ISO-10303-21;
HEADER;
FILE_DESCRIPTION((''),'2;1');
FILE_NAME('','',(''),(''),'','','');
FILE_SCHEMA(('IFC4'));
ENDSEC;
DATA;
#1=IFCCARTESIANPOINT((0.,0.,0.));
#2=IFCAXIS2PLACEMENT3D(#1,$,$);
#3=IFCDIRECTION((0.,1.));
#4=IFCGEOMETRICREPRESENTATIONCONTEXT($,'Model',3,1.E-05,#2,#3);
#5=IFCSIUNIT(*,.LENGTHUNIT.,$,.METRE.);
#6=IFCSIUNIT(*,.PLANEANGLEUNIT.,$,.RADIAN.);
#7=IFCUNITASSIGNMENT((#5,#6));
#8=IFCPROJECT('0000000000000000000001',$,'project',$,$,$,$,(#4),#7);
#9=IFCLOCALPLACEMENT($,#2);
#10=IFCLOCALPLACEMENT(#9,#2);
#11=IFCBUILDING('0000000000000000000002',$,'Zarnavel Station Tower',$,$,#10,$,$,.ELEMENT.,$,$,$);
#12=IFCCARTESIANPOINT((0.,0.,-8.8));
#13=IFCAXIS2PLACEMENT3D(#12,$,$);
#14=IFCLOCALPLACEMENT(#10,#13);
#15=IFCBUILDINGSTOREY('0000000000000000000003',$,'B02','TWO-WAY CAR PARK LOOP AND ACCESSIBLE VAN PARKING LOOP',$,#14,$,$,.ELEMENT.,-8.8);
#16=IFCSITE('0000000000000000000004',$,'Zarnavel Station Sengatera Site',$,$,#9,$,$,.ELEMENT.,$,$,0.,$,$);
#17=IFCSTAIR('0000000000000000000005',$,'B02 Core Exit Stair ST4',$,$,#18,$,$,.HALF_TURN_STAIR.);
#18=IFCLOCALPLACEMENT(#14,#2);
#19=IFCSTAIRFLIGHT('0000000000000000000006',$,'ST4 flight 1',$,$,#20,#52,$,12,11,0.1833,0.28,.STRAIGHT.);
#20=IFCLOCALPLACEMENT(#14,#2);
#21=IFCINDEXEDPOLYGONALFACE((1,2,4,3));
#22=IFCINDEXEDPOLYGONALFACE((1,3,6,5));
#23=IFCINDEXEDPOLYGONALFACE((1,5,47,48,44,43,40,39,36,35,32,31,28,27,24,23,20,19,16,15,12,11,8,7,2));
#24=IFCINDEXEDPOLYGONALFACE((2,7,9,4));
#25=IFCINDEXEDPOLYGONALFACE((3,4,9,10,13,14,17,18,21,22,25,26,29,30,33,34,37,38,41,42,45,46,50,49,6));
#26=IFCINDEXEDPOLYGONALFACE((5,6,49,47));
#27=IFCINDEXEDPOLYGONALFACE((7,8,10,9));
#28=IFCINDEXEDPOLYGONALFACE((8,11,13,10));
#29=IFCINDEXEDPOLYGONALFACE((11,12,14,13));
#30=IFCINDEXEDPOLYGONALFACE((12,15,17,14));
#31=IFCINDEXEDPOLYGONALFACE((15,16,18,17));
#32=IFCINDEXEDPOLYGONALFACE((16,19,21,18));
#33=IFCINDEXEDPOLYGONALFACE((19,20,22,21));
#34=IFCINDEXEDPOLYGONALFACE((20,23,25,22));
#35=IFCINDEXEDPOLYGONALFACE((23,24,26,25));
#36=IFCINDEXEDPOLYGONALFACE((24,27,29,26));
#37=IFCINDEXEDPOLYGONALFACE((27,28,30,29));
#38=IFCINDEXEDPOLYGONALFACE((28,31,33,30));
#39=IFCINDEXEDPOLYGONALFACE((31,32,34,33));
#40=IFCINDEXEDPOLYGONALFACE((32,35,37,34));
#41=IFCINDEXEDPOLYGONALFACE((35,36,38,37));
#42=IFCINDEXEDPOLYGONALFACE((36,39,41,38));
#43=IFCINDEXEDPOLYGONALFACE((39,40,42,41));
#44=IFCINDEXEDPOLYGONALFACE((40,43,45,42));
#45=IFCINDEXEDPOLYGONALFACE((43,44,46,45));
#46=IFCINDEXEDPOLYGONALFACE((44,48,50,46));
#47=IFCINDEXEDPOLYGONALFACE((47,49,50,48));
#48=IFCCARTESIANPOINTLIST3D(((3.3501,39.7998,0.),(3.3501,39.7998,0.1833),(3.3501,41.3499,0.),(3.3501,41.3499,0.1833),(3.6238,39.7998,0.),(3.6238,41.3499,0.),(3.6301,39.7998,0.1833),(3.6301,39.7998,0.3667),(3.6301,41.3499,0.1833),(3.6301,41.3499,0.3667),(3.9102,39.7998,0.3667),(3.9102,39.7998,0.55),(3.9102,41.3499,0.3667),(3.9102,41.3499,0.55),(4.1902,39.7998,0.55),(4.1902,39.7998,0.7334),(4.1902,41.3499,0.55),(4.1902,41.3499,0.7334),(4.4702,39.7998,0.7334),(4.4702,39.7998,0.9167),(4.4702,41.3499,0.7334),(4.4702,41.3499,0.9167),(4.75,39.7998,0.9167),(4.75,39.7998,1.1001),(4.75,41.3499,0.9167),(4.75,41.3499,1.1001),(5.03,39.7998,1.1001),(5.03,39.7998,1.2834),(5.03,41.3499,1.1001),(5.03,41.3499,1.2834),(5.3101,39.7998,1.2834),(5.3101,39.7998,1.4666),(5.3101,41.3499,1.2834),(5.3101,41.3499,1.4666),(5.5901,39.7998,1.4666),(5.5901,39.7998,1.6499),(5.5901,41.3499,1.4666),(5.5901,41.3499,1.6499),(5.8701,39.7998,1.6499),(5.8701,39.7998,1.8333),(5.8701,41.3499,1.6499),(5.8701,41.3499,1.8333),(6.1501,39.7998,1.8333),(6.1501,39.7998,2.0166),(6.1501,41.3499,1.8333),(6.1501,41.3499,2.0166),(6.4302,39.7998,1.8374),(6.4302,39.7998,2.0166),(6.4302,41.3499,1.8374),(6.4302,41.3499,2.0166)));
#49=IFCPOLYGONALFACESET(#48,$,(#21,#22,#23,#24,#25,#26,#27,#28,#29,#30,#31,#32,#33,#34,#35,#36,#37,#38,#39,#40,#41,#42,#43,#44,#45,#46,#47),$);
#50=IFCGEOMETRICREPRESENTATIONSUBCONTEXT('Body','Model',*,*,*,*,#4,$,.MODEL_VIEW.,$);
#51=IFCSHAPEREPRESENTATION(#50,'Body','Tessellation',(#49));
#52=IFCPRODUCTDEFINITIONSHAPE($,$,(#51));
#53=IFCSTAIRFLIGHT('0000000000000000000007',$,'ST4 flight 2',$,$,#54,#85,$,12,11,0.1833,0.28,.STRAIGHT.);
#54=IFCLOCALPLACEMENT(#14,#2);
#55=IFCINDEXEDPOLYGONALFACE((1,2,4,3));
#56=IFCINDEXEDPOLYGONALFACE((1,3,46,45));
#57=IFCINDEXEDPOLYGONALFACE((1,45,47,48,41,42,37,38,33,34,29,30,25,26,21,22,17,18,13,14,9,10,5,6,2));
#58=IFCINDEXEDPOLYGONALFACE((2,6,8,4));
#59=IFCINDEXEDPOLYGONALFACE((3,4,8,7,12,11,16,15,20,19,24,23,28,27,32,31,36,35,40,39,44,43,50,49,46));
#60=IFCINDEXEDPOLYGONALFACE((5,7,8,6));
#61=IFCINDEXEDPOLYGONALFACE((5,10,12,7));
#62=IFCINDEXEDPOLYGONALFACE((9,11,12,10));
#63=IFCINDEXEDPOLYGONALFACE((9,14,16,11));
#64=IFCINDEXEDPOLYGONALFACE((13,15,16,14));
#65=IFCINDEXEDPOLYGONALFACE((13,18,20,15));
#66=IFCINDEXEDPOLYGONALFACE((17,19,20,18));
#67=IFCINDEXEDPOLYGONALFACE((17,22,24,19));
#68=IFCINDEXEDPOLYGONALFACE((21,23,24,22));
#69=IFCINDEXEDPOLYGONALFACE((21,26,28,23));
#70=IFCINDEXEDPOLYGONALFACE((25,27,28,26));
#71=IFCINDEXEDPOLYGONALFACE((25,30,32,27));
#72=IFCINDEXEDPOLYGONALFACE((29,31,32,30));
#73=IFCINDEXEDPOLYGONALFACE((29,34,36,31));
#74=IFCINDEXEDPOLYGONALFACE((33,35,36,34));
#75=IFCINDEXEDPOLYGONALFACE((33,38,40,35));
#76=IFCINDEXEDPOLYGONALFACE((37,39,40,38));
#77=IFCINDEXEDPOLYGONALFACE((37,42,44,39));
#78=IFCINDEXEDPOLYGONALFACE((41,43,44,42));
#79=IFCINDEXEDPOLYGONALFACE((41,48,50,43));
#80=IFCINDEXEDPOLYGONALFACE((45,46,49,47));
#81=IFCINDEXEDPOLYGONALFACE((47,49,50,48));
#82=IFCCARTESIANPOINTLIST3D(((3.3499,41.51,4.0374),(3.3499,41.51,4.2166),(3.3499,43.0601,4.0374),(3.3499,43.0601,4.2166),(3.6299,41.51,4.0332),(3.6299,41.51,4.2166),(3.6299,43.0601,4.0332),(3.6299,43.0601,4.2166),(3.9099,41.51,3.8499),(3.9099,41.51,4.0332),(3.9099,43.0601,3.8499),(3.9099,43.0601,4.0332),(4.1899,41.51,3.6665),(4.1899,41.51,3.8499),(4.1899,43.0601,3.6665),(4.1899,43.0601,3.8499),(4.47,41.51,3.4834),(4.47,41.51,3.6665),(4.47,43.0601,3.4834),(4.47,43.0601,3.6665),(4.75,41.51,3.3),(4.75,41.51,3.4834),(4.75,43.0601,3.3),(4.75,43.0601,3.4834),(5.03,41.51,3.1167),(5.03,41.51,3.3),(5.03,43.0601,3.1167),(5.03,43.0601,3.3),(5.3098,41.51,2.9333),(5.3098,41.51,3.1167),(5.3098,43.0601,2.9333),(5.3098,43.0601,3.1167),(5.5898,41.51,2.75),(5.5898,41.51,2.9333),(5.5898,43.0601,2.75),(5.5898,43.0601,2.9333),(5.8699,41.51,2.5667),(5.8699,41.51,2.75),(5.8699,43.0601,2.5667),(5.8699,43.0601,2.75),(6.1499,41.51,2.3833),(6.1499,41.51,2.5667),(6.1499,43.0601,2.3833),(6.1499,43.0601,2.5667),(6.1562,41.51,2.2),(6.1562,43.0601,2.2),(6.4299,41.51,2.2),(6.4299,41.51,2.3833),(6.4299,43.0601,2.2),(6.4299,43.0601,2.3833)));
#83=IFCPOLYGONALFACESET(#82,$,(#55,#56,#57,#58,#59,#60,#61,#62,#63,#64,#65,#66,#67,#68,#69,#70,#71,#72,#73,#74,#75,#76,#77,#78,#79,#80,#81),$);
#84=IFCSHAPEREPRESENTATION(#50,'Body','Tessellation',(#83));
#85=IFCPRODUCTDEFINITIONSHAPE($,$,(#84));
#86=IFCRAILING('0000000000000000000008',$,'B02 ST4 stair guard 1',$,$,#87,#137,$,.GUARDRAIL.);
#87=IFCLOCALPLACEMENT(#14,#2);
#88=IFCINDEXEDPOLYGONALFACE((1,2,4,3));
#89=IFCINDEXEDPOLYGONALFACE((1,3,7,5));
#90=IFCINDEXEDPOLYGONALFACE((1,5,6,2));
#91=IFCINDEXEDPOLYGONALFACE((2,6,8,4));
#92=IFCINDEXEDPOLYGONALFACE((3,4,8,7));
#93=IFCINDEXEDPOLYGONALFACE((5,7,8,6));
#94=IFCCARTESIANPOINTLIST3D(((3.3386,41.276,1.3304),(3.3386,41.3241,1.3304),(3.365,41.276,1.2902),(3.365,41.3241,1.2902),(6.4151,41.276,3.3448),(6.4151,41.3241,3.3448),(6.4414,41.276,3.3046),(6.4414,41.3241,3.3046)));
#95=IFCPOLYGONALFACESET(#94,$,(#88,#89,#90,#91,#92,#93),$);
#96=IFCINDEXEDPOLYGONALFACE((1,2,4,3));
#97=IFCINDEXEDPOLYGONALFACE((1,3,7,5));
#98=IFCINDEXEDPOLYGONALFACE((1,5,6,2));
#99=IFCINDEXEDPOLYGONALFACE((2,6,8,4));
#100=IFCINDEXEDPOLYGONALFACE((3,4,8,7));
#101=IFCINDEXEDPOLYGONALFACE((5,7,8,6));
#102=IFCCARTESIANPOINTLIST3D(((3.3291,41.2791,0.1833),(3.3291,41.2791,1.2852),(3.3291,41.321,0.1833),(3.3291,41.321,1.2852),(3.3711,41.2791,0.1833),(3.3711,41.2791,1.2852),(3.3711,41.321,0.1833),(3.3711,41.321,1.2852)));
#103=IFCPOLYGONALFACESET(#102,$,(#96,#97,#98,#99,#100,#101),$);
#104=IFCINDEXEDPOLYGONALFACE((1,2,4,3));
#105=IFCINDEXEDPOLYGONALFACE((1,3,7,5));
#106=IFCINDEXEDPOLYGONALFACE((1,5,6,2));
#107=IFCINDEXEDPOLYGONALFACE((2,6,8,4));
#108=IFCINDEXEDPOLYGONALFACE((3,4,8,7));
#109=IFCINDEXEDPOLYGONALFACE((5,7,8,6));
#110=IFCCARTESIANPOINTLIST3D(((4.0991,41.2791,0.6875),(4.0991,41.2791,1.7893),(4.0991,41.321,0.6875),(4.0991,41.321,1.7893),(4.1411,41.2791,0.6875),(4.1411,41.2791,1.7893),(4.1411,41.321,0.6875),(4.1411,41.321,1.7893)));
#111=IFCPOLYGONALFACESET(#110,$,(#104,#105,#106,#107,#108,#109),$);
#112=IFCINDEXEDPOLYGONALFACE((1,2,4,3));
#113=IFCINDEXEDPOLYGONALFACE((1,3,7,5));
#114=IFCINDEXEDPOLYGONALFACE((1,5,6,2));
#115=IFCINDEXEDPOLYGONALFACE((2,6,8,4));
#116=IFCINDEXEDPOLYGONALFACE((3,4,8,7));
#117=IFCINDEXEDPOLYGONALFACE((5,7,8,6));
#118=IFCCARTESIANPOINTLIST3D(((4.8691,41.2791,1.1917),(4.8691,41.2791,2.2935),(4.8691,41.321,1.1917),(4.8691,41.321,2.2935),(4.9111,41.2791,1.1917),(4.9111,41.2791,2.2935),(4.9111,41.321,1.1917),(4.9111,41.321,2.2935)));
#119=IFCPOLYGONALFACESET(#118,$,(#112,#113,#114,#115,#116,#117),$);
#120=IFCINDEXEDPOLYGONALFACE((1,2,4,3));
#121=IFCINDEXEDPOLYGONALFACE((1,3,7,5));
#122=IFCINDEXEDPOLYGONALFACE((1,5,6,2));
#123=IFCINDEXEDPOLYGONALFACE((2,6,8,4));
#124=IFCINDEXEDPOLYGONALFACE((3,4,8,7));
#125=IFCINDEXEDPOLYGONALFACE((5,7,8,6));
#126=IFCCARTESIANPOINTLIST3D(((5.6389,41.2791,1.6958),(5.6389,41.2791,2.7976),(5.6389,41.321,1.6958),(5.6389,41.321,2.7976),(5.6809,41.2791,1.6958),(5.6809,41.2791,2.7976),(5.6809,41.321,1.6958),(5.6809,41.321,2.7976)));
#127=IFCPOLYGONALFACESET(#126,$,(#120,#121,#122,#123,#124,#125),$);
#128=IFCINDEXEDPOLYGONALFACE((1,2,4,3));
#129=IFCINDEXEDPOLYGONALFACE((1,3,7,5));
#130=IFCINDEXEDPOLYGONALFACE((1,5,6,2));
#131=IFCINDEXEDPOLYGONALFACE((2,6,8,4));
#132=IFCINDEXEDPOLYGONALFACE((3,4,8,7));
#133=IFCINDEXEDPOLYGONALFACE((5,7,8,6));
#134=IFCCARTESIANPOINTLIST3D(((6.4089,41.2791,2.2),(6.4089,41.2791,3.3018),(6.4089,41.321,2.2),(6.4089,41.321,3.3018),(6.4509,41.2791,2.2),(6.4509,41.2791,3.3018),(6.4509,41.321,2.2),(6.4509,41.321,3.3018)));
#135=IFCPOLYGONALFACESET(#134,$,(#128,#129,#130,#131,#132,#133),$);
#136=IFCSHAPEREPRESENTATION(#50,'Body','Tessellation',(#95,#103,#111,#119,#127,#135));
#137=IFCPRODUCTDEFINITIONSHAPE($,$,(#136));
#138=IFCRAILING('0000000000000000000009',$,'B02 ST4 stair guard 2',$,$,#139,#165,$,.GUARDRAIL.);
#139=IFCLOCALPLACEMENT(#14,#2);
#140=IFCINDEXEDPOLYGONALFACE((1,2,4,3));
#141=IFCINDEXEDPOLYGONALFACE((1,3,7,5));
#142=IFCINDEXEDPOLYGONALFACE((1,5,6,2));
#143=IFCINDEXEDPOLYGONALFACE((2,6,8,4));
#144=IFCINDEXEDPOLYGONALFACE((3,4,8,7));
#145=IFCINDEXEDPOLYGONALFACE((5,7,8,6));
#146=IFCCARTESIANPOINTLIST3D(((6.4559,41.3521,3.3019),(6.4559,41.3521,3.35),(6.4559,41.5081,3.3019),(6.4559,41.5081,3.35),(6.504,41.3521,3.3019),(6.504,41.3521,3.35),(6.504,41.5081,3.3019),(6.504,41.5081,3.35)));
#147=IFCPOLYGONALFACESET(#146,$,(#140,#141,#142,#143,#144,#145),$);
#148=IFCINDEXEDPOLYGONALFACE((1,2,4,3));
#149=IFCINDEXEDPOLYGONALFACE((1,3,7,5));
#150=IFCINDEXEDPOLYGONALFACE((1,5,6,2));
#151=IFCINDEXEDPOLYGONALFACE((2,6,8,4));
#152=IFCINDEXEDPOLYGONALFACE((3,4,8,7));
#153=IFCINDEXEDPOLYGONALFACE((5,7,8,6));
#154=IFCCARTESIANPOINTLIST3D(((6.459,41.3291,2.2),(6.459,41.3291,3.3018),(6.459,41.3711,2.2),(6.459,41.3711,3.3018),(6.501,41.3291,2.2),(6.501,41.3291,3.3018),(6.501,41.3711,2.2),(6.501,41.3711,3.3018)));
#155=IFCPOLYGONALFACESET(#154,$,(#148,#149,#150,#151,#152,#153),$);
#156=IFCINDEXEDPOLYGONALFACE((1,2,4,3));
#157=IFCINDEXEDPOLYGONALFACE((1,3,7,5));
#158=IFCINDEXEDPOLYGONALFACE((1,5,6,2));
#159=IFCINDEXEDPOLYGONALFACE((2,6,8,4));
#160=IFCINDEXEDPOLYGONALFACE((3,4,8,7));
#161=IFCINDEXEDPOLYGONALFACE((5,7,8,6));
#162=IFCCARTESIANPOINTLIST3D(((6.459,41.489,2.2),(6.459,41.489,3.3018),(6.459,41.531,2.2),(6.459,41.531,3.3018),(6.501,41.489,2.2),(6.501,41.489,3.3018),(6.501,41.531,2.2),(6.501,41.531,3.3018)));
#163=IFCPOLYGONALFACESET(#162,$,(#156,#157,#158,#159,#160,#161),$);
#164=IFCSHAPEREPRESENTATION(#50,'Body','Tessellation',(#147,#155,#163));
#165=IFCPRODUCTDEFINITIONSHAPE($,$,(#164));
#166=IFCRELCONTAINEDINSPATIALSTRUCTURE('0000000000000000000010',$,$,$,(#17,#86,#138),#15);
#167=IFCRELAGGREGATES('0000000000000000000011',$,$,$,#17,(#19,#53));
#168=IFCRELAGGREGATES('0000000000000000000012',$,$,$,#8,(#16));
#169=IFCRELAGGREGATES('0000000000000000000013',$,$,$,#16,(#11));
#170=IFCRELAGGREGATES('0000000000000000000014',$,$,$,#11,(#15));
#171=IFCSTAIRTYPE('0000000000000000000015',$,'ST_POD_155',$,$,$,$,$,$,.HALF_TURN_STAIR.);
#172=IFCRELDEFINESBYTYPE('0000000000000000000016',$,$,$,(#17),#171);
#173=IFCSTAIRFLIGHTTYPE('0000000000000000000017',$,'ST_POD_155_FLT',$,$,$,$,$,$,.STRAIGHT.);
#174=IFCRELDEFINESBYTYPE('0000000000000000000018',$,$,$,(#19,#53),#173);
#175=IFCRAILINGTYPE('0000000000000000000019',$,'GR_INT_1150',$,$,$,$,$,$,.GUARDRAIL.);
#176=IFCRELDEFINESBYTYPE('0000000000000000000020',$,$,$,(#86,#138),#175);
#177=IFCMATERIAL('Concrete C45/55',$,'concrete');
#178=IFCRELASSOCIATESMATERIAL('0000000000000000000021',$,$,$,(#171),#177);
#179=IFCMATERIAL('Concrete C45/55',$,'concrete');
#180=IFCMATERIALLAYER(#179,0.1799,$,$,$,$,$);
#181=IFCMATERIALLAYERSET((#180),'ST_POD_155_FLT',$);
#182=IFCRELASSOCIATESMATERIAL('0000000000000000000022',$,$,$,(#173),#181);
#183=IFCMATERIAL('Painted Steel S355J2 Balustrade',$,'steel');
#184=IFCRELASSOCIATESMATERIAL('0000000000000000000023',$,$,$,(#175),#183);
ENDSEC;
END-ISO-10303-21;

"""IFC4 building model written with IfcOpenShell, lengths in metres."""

from ifc_helpers import new_model, si_unit, direction, frame, origin, origin_2d, place, context, subcontext, project, spatial, polyline, rectangle, outline, extrude, material, layer, layer_set, type_object, element, aggregate, save


model = new_model("IFC4")

# Units and contexts
model_context = context("Model", 3, precision=1e-05, world=origin(), true_north=direction((0.0, 1.0)))
body_context = subcontext(model_context, "Body", "Model", "MODEL_VIEW")
ifc_project = project(units=[si_unit("LENGTHUNIT", "METRE"), si_unit("PLANEANGLEUNIT", "RADIAN")], contexts=[model_context])

# Site, building, storey
site_placement = place(None, origin())
site = spatial("IfcSite", under=ifc_project, at=site_placement, Name="Zarnavel Station Sengatera Site", CompositionType="ELEMENT", RefElevation=0.0)
building_placement = place(site_placement, origin())
building = spatial("IfcBuilding", under=site, at=building_placement, Name="Zarnavel Station Tower", CompositionType="ELEMENT")
storey_placement = place(building_placement, frame((0.0, 0.0, -8.8)))
storey = spatial("IfcBuildingStorey", under=building, at=storey_placement, Name="B02", Description="TWO-WAY CAR PARK LOOP AND ACCESSIBLE VAN PARKING LOOP", CompositionType="ELEMENT", Elevation=-8.8)

# Stair, stair flights
ifc_material_1 = material(Name="Concrete C45/55", Category="concrete")
stair_type = type_object("IfcStairType", Name="ST_POD_155", PredefinedType="HALF_TURN_STAIR", material=ifc_material_1)
stair_placement = place(storey_placement, origin())
stair = element("IfcStair", 1, at=stair_placement, inside=storey, type_object=stair_type, Name="B02 Core Exit Stair ST4", PredefinedType="HALF_TURN_STAIR")
ifc_material_2 = material(Name="Concrete C45/55", Category="concrete")
ifc_layer_1 = layer(ifc_material_2, 0.1799)
ifc_layer_set_1 = layer_set([ifc_layer_1], Name="ST_POD_155_FLT")
stair_flight_type = type_object("IfcStairFlightType", Name="ST_POD_155_FLT", PredefinedType="STRAIGHT", material=ifc_layer_set_1)
stair_flight_1_placement = place(storey_placement, frame((3.3501, 40.575, 0.0), z_axis=(0.0, 0.0, 1.0), x_axis=(1.0, 0.0, 0.0)))
stair_flight_1 = element("IfcStairFlight", 2, at=stair_flight_1_placement, type_object=stair_flight_type, Name="ST4 flight 1", NumberOfRisers=12, NumberOfTreads=11, PredefinedType="STRAIGHT", RiserHeight=0.1833, TreadLength=0.28, context=body_context, shape_type="SweptSolid", body=[
    extrude(outline(polyline([(0.0, 0.0), (0.0, 0.1833), (0.28, 0.1833), (0.28, 0.3667), (0.5601, 0.3667), (0.5601, 0.55), (0.8401, 0.55), (0.8401, 0.7334), (1.1201, 0.7334), (1.1201, 0.9167), (1.3999, 0.9167), (1.3999, 1.1001), (1.6799, 1.1001), (1.6799, 1.2834), (1.96, 1.2834), (1.96, 1.4666), (2.24, 1.4666), (2.24, 1.6499), (2.52, 1.6499), (2.52, 1.8333), (2.8, 1.8333), (2.8, 2.0166), (3.0801, 2.0166), (3.0801, 2.2), (3.0801, 1.8374), (0.2737, 0.0), (0.0, 0.0)])), frame((0.0, 0.7749, 0.0), z_axis=(0.0, -1.0, 0.0), x_axis=(1.0, 0.0, 0.0)), (0.0, 0.0, 1.0), 1.55),
])
stair_flight_2_placement = place(storey_placement, frame((6.4299, 42.2849, 2.2), z_axis=(0.0, 0.0, 1.0), x_axis=(-1.0, 0.0, 0.0)))
stair_flight_2 = element("IfcStairFlight", 3, at=stair_flight_2_placement, type_object=stair_flight_type, Name="ST4 flight 2", NumberOfRisers=12, NumberOfTreads=11, PredefinedType="STRAIGHT", RiserHeight=0.1833, TreadLength=0.28, context=body_context, shape_type="SweptSolid", body=[
    extrude(outline(polyline([(0.0, 0.0), (0.0, 0.1833), (0.28, 0.1833), (0.28, 0.3667), (0.5601, 0.3667), (0.5601, 0.55), (0.8401, 0.55), (0.8401, 0.7334), (1.1201, 0.7334), (1.1201, 0.9167), (1.3999, 0.9167), (1.3999, 1.1001), (1.6799, 1.1001), (1.6799, 1.2834), (1.96, 1.2834), (1.96, 1.4666), (2.24, 1.4666), (2.24, 1.6499), (2.52, 1.6499), (2.52, 1.8333), (2.8, 1.8333), (2.8, 2.0166), (3.0801, 2.0166), (3.0801, 2.2), (3.0801, 1.8374), (0.2737, 0.0), (0.0, 0.0)])), frame((0.0, 0.7749, 0.0), z_axis=(0.0, -1.0, 0.0), x_axis=(1.0, 0.0, 0.0)), (0.0, 0.0, 1.0), 1.55),
])
aggregate(stair, [stair_flight_1, stair_flight_2])

# Railings
ifc_material_3 = material(Name="Painted Steel S355J2 Balustrade", Category="steel")
railing_type_1 = type_object("IfcRailingType", Name="GR_INT_1150", PredefinedType="GUARDRAIL", material=ifc_material_3)
railing_1_placement = place(storey_placement, frame((3.3501, 41.3, 0.1833)))
element("IfcRailing", 4, at=railing_1_placement, inside=storey, type_object=railing_type_1, Name="B02 ST4 stair guard 1", PredefinedType="GUARDRAIL", context=body_context, shape_type="SweptSolid", body=[
    extrude(rectangle(XDim=0.0481, YDim=0.0481, at=origin_2d()), frame((0.0017, 0.0, 1.127), z_axis=(0.836613, 0.0, 0.547794), x_axis=(0.0, 1.0, 0.0)), (0.0, 0.0, 1.0), 3.6772),
    extrude(rectangle(XDim=0.042, YDim=0.042, at=origin_2d()), origin(), (0.0, 0.0, 1.0), 1.1018),
    extrude(rectangle(XDim=0.042, YDim=0.042, at=origin_2d()), frame((0.77, 0.0, 0.5042)), (0.0, 0.0, 1.0), 1.1018),
    extrude(rectangle(XDim=0.042, YDim=0.042, at=origin_2d()), frame((1.54, 0.0, 1.0083)), (0.0, 0.0, 1.0), 1.1018),
    extrude(rectangle(XDim=0.042, YDim=0.042, at=origin_2d()), frame((2.3098, 0.0, 1.5125)), (0.0, 0.0, 1.0), 1.1018),
    extrude(rectangle(XDim=0.042, YDim=0.042, at=origin_2d()), frame((3.0798, 0.0, 2.0166)), (0.0, 0.0, 1.0), 1.1018),
])
railing_2_placement = place(storey_placement, frame((6.48, 41.3501, 2.2)))
element("IfcRailing", 5, at=railing_2_placement, inside=storey, type_object=railing_type_1, Name="B02 ST4 stair guard 2", PredefinedType="GUARDRAIL", context=body_context, shape_type="SweptSolid", body=[
    extrude(rectangle(XDim=0.0481, YDim=0.0481, at=origin_2d()), frame((0.0, 0.002, 1.126), z_axis=(0.0, 1.0, 0.0), x_axis=(-1.0, 0.0, 0.0)), (0.0, 0.0, 1.0), 0.156),
    extrude(rectangle(XDim=0.042, YDim=0.042, at=origin_2d()), origin(), (0.0, 0.0, 1.0), 1.1018),
    extrude(rectangle(XDim=0.042, YDim=0.042, at=origin_2d()), frame((0.0, 0.1599, 0.0)), (0.0, 0.0, 1.0), 1.1018),
])

save(model, "model.ifc")
